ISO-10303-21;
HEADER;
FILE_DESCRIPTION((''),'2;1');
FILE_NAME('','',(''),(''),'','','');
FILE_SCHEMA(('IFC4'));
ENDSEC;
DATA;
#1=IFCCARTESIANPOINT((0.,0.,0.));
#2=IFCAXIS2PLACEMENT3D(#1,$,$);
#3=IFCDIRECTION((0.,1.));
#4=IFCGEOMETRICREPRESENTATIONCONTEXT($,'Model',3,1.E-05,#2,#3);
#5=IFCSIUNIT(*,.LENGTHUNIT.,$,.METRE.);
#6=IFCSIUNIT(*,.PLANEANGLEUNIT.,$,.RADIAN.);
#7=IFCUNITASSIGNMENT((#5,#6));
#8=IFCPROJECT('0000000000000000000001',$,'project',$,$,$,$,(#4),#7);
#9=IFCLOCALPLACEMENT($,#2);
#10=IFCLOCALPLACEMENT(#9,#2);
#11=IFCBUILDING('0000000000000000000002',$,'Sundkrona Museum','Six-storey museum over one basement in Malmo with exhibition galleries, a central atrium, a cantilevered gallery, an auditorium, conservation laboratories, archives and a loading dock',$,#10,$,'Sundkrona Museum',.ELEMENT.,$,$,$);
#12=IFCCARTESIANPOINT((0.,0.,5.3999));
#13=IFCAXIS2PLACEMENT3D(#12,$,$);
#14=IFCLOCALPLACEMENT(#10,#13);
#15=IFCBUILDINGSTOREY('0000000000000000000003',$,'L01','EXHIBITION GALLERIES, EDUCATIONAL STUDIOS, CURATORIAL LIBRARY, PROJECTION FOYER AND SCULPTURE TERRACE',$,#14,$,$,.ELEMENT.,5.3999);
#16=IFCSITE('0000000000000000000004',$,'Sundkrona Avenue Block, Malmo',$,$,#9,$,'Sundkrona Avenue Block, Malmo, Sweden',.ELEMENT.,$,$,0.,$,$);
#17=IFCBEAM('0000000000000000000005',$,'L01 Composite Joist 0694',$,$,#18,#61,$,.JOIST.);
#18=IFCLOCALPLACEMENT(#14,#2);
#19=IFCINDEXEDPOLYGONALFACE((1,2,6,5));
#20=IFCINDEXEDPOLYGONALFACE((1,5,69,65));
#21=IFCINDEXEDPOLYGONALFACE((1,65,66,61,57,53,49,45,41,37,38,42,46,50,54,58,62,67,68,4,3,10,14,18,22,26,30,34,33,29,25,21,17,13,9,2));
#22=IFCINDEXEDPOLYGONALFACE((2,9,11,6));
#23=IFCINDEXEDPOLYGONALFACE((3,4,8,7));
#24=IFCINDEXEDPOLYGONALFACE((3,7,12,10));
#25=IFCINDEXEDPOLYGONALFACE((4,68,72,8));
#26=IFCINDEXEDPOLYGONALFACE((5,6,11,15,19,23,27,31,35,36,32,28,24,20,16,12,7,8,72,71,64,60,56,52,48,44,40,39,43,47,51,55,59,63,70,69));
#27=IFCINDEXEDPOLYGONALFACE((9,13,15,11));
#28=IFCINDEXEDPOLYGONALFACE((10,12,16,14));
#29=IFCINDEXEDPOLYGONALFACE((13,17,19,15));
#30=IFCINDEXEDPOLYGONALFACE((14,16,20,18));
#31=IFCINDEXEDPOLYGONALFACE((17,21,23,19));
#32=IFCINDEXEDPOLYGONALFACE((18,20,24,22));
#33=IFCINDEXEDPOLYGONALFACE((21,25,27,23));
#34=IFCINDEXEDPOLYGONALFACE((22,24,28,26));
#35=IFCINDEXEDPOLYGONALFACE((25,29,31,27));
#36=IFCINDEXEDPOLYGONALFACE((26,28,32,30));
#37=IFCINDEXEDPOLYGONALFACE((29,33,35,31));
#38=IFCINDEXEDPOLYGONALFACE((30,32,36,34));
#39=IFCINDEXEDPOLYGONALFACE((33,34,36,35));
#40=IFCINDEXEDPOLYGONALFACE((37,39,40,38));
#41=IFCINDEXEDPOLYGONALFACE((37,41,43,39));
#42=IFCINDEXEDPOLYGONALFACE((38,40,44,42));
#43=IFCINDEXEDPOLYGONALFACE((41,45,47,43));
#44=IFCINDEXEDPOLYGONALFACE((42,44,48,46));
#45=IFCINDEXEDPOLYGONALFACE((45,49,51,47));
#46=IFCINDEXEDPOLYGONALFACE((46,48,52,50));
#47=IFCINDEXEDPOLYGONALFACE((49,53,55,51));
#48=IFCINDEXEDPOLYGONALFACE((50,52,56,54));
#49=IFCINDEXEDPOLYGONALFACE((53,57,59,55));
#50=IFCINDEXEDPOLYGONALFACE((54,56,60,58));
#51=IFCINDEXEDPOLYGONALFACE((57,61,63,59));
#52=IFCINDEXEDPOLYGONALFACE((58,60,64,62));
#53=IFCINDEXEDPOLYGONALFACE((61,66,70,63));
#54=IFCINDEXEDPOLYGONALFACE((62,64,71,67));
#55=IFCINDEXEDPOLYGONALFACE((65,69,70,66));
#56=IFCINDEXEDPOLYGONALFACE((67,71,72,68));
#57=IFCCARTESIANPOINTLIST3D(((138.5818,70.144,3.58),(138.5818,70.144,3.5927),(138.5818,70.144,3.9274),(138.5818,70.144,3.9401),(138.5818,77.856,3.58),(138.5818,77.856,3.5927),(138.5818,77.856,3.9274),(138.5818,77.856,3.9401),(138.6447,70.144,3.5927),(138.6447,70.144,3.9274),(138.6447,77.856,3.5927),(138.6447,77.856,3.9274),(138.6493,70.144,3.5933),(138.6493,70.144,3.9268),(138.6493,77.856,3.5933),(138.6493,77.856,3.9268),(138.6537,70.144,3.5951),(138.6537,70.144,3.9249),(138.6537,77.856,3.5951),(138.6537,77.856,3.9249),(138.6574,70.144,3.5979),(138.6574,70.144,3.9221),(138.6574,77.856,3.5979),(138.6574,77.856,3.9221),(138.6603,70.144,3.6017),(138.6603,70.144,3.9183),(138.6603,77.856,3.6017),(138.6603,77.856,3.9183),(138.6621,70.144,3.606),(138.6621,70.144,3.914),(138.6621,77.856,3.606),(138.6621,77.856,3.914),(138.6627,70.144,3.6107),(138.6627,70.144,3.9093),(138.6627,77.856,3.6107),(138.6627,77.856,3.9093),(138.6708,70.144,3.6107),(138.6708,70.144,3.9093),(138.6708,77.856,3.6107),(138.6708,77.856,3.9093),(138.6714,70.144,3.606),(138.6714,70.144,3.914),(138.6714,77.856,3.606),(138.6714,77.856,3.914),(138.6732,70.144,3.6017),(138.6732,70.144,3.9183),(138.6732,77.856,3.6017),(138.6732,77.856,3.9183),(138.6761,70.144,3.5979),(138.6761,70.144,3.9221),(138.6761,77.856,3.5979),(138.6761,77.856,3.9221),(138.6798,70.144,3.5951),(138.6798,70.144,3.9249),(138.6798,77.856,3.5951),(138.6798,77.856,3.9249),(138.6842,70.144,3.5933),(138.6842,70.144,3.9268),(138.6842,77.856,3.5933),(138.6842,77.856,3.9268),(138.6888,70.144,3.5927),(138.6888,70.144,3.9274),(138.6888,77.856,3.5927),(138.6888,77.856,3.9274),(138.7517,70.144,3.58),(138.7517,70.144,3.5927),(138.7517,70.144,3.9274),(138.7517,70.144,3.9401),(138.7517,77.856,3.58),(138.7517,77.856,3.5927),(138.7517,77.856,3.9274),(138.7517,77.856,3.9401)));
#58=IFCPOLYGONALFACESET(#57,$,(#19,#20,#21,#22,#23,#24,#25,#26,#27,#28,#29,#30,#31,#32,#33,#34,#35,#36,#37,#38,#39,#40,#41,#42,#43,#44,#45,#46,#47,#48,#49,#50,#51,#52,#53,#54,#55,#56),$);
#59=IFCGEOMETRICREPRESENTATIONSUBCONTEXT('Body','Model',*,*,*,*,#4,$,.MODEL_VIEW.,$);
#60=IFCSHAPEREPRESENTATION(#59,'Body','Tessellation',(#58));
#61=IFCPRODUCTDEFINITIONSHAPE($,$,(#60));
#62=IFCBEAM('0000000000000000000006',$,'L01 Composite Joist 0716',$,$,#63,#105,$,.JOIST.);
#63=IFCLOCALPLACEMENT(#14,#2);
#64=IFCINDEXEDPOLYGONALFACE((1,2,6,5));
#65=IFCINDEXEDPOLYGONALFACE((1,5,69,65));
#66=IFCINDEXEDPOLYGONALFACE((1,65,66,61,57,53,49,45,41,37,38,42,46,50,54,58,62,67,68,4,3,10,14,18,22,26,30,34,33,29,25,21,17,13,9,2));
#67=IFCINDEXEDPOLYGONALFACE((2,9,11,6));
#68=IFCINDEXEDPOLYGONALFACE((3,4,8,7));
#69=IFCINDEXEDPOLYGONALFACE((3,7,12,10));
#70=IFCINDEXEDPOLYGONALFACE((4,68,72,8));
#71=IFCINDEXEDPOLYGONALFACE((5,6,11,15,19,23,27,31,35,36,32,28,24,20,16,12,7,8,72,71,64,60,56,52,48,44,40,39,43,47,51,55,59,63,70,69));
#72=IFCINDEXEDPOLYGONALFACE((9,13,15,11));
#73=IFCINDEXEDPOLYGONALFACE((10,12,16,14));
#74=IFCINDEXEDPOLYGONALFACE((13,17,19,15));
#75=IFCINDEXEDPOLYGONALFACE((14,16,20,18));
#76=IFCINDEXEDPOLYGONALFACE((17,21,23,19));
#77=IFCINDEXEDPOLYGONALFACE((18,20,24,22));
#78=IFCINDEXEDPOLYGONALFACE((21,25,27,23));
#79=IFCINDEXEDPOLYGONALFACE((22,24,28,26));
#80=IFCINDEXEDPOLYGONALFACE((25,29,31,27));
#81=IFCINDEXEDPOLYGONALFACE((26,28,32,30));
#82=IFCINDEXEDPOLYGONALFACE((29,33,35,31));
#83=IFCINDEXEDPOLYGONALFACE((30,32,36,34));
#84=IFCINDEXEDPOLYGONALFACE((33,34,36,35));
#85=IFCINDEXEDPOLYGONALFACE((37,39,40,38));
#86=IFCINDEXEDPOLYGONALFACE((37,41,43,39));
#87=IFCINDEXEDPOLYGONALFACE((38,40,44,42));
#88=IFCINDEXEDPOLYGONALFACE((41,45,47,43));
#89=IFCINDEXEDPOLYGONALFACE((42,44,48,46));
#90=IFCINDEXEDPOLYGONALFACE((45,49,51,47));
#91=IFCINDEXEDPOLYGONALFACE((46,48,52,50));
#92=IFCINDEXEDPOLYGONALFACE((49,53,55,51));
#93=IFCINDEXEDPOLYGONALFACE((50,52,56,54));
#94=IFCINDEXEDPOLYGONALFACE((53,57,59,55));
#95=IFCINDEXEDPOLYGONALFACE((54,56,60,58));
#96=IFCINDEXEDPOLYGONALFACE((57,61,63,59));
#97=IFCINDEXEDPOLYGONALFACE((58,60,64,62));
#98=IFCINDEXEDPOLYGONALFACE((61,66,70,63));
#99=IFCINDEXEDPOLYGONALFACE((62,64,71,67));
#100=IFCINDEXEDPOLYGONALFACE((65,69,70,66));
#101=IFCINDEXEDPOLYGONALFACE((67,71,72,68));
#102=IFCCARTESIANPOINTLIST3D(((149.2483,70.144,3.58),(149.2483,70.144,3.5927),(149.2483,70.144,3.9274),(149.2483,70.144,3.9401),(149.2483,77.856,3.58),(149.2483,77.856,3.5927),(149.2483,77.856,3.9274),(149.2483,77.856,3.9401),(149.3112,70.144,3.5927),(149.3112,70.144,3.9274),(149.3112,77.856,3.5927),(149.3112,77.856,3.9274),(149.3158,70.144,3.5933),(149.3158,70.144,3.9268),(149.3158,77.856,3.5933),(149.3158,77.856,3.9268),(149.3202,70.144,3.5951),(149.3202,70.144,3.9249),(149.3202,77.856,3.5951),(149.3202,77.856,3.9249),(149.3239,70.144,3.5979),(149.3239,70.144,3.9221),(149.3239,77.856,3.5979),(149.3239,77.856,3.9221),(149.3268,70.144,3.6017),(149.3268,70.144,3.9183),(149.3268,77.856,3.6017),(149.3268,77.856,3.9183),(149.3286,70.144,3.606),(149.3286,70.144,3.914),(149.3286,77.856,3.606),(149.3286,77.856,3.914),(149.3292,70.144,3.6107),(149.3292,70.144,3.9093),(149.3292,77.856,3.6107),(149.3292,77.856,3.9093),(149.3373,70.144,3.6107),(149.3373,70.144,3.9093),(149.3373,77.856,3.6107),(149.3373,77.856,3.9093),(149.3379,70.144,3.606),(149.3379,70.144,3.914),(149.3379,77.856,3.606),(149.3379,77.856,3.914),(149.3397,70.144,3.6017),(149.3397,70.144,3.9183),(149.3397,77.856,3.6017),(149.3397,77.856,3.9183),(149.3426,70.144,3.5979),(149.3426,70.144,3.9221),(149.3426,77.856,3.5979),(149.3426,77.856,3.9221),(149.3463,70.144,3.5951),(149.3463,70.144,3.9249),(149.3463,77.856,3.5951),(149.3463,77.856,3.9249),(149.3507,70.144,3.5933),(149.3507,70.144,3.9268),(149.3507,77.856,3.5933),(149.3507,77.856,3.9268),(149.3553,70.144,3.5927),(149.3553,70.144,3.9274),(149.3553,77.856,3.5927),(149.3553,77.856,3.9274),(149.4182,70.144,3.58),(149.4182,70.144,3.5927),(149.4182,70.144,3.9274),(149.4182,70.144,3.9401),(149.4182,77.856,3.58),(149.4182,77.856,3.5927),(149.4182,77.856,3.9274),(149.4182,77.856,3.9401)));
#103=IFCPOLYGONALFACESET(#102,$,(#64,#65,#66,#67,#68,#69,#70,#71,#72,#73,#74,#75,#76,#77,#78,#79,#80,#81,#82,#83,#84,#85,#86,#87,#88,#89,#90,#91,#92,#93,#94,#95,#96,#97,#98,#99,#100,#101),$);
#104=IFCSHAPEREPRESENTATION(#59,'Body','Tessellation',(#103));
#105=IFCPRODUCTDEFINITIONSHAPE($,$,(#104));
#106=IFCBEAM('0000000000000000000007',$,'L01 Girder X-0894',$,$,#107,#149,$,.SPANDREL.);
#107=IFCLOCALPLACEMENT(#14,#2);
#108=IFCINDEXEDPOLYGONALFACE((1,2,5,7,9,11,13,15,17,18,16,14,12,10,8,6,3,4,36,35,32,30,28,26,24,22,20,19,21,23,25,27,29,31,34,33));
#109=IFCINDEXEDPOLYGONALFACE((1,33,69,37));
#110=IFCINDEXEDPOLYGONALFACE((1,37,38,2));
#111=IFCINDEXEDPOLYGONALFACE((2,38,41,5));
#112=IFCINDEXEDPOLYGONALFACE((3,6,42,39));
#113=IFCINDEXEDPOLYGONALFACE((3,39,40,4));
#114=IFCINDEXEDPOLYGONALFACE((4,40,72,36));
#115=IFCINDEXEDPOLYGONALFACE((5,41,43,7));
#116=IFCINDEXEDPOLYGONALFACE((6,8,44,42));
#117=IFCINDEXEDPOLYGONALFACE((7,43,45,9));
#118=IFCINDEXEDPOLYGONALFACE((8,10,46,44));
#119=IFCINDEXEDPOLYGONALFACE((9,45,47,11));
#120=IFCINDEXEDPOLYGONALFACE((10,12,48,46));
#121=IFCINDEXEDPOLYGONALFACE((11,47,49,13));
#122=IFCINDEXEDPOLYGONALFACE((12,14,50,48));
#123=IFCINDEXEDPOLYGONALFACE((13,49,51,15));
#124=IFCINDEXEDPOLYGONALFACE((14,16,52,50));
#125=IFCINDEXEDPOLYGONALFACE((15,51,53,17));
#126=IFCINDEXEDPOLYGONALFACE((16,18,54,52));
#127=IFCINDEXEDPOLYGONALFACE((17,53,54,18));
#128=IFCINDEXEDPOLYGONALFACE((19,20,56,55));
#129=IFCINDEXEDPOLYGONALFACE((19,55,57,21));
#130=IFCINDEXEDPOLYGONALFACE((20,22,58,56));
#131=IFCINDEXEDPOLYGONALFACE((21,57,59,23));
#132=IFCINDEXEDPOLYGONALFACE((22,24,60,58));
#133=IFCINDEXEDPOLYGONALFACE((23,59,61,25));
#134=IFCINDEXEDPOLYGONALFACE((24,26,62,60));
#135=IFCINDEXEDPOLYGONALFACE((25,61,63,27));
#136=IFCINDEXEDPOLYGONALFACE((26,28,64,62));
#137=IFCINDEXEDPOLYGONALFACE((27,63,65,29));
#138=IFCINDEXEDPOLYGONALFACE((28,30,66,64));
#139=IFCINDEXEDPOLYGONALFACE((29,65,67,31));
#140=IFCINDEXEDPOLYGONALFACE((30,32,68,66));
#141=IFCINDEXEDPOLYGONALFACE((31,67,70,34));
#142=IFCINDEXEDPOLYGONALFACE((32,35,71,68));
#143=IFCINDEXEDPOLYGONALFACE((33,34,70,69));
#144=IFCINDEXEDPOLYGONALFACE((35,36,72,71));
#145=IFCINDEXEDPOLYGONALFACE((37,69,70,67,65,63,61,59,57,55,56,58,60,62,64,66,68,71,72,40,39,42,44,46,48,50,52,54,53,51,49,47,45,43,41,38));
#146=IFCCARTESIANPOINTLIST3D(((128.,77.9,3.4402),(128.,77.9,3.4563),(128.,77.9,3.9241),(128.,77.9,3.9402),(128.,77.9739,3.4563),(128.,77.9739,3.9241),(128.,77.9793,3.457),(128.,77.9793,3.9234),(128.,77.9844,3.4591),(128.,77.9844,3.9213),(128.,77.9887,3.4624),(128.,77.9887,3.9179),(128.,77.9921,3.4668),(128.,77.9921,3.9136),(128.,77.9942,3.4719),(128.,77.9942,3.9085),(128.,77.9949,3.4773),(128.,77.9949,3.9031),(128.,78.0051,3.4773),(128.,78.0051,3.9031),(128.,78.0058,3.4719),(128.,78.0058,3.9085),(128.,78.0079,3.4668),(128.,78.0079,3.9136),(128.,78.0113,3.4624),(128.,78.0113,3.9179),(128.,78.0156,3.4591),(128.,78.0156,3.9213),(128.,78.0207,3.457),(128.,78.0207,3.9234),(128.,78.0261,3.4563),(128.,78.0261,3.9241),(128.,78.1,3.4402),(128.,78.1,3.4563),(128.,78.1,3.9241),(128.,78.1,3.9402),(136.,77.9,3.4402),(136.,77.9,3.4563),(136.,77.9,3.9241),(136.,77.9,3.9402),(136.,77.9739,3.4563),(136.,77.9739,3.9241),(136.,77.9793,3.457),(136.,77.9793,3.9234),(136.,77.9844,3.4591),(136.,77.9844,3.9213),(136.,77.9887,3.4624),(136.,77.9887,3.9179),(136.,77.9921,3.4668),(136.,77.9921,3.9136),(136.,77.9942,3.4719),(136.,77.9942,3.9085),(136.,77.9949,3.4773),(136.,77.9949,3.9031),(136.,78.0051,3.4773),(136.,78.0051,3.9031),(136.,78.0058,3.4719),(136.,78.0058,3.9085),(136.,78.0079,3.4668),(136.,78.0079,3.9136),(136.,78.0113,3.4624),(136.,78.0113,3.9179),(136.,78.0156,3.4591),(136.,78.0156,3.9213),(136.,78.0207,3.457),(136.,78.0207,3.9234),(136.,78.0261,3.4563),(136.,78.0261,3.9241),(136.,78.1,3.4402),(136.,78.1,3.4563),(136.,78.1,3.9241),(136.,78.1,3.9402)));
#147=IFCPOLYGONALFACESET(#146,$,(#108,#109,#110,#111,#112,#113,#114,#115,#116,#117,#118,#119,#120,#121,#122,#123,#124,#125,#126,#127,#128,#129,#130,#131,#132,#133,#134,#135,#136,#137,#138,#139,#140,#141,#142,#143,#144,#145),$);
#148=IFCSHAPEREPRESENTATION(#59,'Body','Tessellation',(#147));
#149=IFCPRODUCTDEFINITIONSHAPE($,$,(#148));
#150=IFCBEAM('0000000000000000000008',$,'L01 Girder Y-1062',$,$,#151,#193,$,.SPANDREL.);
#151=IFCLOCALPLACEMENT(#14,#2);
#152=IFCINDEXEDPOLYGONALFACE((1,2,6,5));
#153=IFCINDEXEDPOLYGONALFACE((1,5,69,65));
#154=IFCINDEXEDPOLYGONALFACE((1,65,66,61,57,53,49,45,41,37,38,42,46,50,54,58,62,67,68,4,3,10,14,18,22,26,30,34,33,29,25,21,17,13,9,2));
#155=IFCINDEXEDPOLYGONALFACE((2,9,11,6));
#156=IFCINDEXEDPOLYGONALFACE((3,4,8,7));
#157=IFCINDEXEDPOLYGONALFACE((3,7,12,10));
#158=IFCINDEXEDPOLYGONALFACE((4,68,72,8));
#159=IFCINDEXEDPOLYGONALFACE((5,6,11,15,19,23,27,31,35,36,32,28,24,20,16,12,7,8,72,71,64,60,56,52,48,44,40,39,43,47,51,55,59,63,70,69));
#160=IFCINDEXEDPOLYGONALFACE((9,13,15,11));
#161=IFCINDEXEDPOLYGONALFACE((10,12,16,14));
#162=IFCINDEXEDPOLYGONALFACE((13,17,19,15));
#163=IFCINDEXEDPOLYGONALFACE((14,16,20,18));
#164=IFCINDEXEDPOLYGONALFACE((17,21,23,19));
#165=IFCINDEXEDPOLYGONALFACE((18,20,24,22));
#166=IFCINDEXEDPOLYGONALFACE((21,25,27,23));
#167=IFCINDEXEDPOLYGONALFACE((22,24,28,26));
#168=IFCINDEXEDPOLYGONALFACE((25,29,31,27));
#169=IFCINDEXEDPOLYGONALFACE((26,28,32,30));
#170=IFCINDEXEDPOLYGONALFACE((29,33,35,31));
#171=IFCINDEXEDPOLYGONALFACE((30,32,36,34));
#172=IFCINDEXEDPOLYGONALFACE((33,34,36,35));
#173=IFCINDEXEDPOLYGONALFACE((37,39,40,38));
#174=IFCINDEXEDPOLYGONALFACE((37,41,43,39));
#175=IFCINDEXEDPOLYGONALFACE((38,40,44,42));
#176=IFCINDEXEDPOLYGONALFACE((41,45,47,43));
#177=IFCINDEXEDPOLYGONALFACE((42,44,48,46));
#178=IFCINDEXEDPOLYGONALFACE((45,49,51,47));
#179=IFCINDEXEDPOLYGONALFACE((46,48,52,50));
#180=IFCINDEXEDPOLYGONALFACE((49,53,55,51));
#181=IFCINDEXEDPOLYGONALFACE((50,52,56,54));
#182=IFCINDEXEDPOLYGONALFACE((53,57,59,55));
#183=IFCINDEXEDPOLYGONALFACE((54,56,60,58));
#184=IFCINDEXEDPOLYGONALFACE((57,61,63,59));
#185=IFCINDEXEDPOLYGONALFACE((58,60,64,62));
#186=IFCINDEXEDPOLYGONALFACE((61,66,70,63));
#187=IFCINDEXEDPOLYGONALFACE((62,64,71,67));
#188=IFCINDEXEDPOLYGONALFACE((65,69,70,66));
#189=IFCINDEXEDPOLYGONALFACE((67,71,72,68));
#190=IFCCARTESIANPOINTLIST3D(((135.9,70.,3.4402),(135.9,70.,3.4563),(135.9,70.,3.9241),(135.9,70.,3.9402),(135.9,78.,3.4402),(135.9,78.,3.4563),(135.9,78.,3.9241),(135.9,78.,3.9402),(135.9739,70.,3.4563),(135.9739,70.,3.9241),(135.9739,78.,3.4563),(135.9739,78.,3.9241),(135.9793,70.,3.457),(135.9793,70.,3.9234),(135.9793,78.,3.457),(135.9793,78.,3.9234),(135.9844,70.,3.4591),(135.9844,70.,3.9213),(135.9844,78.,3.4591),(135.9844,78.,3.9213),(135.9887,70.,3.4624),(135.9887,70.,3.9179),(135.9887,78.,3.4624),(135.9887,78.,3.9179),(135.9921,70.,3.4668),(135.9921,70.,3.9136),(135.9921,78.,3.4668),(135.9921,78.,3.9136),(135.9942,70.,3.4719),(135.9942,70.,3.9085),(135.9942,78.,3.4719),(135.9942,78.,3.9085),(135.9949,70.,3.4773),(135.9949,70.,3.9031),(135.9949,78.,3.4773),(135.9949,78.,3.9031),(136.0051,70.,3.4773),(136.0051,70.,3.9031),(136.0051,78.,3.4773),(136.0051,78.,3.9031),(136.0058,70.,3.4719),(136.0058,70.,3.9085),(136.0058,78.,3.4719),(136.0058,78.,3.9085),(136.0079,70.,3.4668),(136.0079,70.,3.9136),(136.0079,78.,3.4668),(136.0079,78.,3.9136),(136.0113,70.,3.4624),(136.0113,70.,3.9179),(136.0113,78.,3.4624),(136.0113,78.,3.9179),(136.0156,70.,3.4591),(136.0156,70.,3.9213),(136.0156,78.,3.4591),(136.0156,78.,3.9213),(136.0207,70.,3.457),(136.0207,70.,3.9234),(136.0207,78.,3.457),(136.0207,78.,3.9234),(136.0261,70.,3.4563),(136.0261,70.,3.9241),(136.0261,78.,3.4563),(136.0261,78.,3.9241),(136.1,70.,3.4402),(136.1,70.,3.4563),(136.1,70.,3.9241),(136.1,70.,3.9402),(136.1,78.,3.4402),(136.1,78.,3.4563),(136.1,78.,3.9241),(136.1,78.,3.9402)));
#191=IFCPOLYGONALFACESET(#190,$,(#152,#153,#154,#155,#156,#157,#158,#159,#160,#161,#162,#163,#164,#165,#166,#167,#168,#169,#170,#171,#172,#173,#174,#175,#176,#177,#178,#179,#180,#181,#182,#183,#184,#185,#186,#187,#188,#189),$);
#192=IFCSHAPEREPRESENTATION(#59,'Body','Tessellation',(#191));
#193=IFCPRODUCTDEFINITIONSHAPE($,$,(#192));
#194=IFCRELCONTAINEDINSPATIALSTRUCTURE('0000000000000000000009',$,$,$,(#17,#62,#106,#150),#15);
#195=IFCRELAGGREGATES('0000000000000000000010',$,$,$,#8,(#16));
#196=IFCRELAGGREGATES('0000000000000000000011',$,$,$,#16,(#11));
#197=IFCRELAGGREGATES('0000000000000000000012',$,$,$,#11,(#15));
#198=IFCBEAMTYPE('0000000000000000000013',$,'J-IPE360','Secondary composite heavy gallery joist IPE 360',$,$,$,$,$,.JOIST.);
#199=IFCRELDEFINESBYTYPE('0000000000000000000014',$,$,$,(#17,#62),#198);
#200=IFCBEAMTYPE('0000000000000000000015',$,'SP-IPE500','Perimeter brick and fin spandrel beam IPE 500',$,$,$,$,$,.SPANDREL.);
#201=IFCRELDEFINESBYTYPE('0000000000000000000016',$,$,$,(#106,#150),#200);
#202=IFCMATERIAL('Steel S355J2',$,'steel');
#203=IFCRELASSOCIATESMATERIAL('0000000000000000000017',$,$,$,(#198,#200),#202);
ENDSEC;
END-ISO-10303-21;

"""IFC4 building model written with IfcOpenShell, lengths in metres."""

from ifc_helpers import new_model, si_unit, direction, frame, origin, origin_2d, place, context, subcontext, project, spatial, i_section, extrude, material, material_profile, profile_set, type_object, element, save


model = new_model("IFC4")

# Units and contexts
model_context = context("Model", 3, precision=1e-05, world=origin(), true_north=direction((0.0, 1.0)))
body_context = subcontext(model_context, "Body", "Model", "MODEL_VIEW")
ifc_project = project(units=[si_unit("LENGTHUNIT", "METRE"), si_unit("PLANEANGLEUNIT", "RADIAN")], contexts=[model_context])

# Site, building, storey
site_placement = place(None, origin())
site = spatial("IfcSite", under=ifc_project, at=site_placement, Name="Sundkrona Avenue Block, Malmo", LongName="Sundkrona Avenue Block, Malmo, Sweden", CompositionType="ELEMENT", RefElevation=0.0)
building_placement = place(site_placement, origin())
building = spatial("IfcBuilding", under=site, at=building_placement, Name="Sundkrona Museum", Description="Six-storey museum over one basement in Malmo with exhibition galleries, a central atrium, a cantilevered gallery, an auditorium, conservation laboratories, archives and a loading dock", LongName="Sundkrona Museum", CompositionType="ELEMENT")
storey_placement = place(building_placement, frame((0.0, 0.0, 5.3999)))
storey = spatial("IfcBuildingStorey", under=building, at=storey_placement, Name="L01", Description="EXHIBITION GALLERIES, EDUCATIONAL STUDIOS, CURATORIAL LIBRARY, PROJECTION FOYER AND SCULPTURE TERRACE", CompositionType="ELEMENT", Elevation=5.3999)

# Shared definitions
ifc_material_1 = material(Name="Steel S355J2", Category="steel")

# Beams
ifc_material_profile_1 = material_profile(ifc_material_1, i_section(OverallWidth=0.1699, OverallDepth=0.3601, WebThickness=0.0081, FlangeThickness=0.0127, FilletRadius=0.0181, at=origin_2d()), Name="IPE 360")
ifc_profile_set_1 = profile_set([ifc_material_profile_1], Name="Steel S355J2")
beam_type_1 = type_object("IfcBeamType", Name="J-IPE360", Description="Secondary composite heavy gallery joist IPE 360", PredefinedType="JOIST", material=ifc_profile_set_1)
for number, where, z_axis, x_axis, name in (
    (1, (138.6667, 70.144, 3.76), (0.0, 1.0, 0.0), (-1.0, 0.0, 0.0), "L01 Composite Joist 0694"),
    (2, (149.3333, 70.144, 3.76), (0.0, 1.0, 0.0), (-1.0, 0.0, 0.0), "L01 Composite Joist 0716"),
):
    element("IfcBeam", number, at=place(storey_placement, frame(where, z_axis=z_axis, x_axis=x_axis)), inside=storey, type_object=beam_type_1, Name=name, PredefinedType="JOIST", context=body_context, shape_type="SweptSolid", body=[
        extrude(i_section(OverallWidth=0.1699, OverallDepth=0.3601, WebThickness=0.0081, FlangeThickness=0.0127, FilletRadius=0.0181, at=origin_2d()), origin(), (0.0, 0.0, 1.0), 7.7119),
    ])
ifc_material_profile_2 = material_profile(ifc_material_1, i_section(OverallWidth=0.2, OverallDepth=0.5, WebThickness=0.0103, FlangeThickness=0.0161, FilletRadius=0.021, at=origin_2d()), Name="IPE 500")
ifc_profile_set_2 = profile_set([ifc_material_profile_2], Name="Steel S355J2")
beam_type_2 = type_object("IfcBeamType", Name="SP-IPE500", Description="Perimeter brick and fin spandrel beam IPE 500", PredefinedType="SPANDREL", material=ifc_profile_set_2)
for number, where, z_axis, x_axis, name in (
    (3, (128.0, 78.0, 3.6902), (1.0, 0.0, 0.0), (0.0, 1.0, 0.0), "L01 Girder X-0894"),
    (4, (136.0, 70.0, 3.6902), (0.0, 1.0, 0.0), (-1.0, 0.0, 0.0), "L01 Girder Y-1062"),
):
    element("IfcBeam", number, at=place(storey_placement, frame(where, z_axis=z_axis, x_axis=x_axis)), inside=storey, type_object=beam_type_2, Name=name, PredefinedType="SPANDREL", context=body_context, shape_type="SweptSolid", body=[
        extrude(i_section(OverallWidth=0.2, OverallDepth=0.5, WebThickness=0.0103, FlangeThickness=0.0161, FilletRadius=0.021, at=origin_2d()), origin(), (0.0, 0.0, 1.0), 8.0),
    ])

save(model, "model.ifc")
